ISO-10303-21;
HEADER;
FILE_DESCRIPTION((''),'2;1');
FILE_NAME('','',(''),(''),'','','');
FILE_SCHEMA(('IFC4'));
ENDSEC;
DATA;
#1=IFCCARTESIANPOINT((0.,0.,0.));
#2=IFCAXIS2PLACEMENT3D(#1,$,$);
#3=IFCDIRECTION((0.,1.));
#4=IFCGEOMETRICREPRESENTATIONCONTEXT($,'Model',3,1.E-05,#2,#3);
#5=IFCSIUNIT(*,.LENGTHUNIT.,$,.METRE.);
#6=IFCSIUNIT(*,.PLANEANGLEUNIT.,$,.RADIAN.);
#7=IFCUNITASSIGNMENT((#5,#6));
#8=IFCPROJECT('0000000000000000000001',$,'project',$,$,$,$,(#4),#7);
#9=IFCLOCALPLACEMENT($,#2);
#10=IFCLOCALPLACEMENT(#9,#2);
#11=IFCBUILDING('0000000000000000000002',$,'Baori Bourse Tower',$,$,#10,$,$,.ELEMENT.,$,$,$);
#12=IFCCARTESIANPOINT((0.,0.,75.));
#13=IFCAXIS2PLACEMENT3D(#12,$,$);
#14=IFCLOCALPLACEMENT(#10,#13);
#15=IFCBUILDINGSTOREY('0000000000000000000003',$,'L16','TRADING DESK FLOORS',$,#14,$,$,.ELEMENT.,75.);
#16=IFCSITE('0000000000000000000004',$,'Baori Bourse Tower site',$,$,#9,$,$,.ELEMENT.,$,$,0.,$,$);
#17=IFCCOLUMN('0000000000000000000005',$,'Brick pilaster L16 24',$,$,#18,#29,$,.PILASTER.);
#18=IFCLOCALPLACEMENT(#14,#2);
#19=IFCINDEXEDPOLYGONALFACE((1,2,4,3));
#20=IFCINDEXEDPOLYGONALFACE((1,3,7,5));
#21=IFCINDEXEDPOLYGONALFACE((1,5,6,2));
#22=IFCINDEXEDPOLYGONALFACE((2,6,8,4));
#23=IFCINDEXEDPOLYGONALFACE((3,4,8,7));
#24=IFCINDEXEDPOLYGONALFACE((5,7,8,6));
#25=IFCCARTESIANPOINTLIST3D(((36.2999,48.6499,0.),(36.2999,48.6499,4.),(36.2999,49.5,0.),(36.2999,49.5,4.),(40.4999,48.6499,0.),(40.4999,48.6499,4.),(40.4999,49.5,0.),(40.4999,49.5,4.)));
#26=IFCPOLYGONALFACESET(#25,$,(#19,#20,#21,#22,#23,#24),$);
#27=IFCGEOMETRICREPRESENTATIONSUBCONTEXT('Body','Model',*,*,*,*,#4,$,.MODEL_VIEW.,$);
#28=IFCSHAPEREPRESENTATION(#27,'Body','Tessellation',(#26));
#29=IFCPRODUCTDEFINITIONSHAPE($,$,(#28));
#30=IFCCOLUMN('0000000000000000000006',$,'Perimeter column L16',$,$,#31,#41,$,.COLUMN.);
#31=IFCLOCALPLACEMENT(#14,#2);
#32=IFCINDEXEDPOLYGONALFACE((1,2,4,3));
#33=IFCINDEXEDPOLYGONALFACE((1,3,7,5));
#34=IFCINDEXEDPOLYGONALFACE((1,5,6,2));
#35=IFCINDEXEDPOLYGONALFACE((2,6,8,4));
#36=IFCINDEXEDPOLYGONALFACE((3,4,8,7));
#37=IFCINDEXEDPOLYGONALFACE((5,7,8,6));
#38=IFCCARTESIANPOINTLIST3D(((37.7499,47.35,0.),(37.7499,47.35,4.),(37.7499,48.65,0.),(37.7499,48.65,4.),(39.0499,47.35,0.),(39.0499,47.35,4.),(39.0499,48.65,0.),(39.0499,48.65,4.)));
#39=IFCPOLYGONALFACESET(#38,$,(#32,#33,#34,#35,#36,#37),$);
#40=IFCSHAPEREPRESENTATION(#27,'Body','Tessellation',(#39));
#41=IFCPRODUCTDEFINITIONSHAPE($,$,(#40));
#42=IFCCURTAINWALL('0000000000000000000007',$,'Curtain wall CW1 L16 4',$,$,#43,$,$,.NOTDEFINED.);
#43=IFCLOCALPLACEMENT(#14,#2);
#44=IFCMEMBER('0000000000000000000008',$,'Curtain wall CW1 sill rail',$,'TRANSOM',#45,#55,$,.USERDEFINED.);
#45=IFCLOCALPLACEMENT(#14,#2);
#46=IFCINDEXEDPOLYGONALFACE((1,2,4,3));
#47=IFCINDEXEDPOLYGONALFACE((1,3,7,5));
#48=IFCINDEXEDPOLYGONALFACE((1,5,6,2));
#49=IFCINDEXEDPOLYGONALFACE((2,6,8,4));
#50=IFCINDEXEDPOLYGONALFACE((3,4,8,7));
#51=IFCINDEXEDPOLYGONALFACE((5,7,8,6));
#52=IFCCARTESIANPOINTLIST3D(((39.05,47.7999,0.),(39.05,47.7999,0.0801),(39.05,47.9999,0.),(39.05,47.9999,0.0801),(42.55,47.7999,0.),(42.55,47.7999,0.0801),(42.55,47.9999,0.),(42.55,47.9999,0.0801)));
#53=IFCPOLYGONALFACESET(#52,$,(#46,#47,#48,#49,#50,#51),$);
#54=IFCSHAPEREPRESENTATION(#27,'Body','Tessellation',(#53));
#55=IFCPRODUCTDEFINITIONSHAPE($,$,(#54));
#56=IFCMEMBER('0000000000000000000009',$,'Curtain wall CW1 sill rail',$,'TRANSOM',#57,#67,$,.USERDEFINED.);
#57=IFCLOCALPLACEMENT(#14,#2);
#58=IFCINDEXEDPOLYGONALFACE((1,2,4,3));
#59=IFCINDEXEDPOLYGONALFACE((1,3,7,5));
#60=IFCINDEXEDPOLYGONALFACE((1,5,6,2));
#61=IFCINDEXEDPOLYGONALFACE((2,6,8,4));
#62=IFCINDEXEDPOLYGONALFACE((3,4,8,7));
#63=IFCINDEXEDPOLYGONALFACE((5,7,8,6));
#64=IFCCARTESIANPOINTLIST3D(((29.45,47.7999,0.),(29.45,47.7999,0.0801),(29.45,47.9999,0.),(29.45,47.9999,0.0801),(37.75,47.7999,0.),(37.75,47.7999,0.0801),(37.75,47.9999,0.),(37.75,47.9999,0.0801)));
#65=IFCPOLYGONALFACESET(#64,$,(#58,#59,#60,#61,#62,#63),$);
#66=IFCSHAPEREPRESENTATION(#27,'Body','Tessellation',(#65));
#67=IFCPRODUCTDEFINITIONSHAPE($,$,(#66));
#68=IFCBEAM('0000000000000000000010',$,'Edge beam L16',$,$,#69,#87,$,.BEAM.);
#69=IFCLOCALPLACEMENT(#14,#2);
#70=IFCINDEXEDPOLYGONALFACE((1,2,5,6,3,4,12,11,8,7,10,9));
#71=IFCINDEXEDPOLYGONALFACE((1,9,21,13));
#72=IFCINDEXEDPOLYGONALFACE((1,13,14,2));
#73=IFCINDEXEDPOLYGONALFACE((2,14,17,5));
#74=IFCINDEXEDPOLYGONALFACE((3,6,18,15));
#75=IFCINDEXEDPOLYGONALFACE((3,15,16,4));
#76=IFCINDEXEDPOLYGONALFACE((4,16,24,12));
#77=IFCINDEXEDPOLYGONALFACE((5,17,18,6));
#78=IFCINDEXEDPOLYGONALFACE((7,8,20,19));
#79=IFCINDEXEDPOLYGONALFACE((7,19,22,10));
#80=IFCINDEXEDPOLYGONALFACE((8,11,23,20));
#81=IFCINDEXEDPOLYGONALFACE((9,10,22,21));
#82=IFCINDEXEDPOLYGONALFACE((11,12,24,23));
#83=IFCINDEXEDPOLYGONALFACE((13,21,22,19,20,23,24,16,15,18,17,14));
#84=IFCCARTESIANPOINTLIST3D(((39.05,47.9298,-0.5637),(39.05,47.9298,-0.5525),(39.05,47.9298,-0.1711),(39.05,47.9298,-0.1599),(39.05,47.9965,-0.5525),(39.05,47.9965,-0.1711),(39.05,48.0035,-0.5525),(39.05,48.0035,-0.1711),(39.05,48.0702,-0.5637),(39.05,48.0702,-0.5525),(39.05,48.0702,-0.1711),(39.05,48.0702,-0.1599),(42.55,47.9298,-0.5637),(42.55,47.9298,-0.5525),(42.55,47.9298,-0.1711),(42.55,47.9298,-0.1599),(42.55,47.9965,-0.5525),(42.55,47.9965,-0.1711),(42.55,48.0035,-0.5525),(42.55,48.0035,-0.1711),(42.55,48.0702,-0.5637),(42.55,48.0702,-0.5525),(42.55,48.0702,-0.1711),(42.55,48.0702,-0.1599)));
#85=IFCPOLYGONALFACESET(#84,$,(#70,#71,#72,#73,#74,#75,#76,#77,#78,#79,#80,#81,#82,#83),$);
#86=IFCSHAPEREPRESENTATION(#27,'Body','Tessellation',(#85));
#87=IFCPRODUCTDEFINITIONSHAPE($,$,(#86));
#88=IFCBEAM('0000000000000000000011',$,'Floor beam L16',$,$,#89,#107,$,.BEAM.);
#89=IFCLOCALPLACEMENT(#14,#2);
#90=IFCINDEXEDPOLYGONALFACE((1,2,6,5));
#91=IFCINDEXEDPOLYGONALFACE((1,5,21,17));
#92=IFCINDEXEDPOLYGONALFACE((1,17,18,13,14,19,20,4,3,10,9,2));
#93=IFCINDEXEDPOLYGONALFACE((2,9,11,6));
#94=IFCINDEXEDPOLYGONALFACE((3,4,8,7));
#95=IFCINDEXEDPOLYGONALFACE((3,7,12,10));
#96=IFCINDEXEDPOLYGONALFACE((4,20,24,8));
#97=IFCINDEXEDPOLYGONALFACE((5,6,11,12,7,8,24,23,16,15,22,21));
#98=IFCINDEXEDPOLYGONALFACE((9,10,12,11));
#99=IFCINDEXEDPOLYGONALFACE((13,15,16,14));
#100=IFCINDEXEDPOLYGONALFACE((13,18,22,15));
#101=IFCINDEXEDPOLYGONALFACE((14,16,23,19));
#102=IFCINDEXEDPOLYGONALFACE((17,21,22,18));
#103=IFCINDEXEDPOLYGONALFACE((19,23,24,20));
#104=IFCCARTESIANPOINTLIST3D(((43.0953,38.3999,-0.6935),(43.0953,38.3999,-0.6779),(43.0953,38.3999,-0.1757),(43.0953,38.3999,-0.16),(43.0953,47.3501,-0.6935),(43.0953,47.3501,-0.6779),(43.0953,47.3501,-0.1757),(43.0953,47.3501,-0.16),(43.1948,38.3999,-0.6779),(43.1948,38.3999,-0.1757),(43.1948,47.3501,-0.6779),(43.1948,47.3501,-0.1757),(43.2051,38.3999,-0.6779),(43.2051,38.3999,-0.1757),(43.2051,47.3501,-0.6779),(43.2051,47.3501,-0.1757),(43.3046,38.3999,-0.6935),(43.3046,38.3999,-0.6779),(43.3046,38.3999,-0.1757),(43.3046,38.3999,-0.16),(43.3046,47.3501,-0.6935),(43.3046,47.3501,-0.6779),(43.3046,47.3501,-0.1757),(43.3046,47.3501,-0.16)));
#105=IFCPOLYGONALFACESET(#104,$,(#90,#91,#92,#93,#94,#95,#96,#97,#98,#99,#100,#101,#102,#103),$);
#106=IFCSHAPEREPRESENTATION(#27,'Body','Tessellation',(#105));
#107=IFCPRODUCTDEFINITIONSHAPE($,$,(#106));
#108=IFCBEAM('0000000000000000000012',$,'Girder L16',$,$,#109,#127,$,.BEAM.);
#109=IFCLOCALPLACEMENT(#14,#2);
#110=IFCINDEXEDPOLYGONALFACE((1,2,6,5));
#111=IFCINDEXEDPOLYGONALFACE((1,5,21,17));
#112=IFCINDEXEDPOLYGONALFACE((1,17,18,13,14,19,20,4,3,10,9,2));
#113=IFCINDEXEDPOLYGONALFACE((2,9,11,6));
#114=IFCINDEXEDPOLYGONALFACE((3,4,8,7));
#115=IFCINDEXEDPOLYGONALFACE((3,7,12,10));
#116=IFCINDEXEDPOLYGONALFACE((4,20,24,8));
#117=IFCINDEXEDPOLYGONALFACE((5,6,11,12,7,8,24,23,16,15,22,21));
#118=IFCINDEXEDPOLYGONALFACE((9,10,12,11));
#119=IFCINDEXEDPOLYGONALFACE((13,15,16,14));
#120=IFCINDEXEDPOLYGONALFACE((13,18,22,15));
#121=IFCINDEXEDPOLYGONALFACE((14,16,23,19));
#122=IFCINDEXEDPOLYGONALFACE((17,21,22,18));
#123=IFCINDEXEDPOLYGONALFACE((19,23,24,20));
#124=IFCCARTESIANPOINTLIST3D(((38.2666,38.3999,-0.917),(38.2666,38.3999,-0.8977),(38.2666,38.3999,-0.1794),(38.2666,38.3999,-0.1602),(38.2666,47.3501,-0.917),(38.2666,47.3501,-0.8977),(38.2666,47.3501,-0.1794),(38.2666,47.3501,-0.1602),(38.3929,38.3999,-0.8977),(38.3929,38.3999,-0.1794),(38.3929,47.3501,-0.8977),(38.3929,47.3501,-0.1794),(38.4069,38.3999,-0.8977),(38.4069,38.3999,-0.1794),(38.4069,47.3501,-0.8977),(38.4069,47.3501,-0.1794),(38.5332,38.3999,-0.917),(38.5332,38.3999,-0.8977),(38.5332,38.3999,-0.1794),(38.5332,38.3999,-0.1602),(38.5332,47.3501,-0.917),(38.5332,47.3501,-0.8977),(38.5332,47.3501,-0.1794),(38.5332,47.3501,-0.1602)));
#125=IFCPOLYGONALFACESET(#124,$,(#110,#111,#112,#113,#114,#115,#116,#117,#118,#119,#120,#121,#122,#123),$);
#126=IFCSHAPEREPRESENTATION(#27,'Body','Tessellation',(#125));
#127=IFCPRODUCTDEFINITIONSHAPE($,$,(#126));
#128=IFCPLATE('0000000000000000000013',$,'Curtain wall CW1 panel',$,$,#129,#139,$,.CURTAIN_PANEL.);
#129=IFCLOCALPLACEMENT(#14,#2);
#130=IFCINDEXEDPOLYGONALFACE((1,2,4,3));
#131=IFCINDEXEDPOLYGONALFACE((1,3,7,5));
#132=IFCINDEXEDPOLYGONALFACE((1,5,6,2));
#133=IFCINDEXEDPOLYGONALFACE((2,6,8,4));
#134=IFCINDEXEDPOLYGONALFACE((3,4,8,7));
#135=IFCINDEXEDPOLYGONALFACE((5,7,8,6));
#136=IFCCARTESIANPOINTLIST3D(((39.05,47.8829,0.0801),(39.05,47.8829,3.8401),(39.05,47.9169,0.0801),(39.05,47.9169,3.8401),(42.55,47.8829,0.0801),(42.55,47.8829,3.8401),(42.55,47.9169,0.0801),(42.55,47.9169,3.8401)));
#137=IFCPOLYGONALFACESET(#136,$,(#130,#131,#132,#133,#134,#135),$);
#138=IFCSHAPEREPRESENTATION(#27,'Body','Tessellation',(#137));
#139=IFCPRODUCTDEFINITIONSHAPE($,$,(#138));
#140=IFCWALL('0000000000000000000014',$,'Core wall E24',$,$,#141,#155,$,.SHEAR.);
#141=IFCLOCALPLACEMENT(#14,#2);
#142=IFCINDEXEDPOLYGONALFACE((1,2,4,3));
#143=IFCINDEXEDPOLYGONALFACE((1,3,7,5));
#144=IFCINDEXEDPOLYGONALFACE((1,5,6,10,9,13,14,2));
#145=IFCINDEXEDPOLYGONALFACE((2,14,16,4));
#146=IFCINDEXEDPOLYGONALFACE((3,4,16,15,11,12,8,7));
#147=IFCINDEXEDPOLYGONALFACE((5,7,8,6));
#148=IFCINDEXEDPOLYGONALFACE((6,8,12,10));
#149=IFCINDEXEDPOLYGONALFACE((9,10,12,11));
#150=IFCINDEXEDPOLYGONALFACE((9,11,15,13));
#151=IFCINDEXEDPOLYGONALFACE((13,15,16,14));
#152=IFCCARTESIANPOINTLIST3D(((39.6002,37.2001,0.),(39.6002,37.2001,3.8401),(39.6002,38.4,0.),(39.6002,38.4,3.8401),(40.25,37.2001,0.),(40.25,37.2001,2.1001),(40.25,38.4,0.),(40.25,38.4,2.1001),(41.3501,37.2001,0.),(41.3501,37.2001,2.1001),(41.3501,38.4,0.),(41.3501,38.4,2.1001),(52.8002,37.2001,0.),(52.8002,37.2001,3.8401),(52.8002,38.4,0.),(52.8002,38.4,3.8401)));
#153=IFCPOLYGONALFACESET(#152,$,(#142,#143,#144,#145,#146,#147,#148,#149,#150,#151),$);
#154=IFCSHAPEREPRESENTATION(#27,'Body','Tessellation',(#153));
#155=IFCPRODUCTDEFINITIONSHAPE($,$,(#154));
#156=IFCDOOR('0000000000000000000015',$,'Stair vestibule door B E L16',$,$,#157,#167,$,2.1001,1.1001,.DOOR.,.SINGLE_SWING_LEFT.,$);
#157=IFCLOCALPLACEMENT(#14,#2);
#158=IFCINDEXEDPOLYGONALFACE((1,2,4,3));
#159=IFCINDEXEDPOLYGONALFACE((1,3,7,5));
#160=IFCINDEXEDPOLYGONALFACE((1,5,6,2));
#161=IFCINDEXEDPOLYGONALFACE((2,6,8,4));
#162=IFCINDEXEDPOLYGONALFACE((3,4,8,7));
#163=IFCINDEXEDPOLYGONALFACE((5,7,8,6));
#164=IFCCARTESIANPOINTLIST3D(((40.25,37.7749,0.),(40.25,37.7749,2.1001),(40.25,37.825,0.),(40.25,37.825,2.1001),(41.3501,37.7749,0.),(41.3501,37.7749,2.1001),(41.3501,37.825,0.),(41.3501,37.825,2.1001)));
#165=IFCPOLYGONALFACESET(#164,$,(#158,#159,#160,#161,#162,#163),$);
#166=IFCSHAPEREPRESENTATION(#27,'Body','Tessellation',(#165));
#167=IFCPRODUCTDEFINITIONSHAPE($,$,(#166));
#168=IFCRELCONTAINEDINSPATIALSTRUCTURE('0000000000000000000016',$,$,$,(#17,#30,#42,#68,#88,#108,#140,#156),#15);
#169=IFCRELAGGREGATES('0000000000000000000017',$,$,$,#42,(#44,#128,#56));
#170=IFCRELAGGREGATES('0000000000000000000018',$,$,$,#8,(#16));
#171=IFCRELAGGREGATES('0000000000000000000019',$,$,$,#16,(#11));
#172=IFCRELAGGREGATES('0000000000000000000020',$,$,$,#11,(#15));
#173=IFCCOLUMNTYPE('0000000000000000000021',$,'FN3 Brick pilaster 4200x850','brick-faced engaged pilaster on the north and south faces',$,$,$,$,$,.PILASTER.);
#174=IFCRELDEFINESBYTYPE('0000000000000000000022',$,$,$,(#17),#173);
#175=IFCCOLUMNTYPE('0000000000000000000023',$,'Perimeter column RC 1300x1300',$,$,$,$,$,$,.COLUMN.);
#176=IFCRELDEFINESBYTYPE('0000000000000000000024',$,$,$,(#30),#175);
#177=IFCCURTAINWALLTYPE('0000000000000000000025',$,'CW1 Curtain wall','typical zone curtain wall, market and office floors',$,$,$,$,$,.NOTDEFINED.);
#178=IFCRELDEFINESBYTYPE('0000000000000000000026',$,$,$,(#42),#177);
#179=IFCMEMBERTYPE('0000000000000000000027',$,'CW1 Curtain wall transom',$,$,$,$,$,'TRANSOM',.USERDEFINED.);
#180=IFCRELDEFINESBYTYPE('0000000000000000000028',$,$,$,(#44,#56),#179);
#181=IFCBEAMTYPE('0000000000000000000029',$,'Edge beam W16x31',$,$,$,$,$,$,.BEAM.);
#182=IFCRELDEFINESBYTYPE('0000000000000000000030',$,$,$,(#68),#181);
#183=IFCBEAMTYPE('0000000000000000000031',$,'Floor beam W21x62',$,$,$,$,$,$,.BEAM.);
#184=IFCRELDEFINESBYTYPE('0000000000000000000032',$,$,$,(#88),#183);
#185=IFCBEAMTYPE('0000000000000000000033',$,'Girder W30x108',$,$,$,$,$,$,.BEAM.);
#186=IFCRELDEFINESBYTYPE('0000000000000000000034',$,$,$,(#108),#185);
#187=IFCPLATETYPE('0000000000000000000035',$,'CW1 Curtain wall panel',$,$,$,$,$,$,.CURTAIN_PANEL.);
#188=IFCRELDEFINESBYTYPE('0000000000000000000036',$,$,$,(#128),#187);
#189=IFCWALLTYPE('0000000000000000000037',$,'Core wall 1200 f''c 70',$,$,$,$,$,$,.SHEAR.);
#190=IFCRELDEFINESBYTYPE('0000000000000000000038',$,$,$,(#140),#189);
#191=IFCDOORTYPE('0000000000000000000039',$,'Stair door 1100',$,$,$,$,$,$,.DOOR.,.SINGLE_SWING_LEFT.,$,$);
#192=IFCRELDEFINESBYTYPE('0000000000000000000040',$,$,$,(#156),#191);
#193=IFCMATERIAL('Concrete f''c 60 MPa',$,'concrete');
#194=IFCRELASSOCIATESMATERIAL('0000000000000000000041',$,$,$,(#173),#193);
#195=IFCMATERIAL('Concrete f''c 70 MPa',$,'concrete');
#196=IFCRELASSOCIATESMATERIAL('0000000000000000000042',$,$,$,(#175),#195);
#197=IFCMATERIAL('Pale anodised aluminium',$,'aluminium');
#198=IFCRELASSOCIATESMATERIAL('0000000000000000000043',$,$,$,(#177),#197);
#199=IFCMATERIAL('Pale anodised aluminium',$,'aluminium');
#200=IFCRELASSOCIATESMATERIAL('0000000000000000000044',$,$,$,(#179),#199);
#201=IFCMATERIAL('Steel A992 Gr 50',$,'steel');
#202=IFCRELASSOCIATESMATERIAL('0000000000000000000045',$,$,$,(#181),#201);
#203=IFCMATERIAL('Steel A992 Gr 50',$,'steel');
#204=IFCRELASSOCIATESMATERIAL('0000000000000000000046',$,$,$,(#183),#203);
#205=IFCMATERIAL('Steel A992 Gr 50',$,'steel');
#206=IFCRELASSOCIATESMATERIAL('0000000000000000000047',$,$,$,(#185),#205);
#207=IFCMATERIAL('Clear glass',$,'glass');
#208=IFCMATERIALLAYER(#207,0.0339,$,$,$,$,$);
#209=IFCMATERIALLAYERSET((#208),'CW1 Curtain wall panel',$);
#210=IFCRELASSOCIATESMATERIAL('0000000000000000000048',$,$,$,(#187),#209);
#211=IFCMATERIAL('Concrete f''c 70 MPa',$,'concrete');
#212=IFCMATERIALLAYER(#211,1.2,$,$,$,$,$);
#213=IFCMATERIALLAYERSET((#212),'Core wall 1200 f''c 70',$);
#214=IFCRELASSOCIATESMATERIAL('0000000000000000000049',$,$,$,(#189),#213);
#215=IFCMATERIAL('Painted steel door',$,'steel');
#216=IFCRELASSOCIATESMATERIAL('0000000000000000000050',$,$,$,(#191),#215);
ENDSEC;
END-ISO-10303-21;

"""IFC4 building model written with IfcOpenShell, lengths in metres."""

from ifc_helpers import new_model, si_unit, direction, frame, frame_2d, origin, origin_2d, place, context, subcontext, project, spatial, rectangle, i_section, extrude, material, layer, layer_set, material_profile, profile_set, type_object, element, fill, aggregate, save


model = new_model("IFC4")

# Units and contexts
model_context = context("Model", 3, precision=1e-05, world=origin(), true_north=direction((0.0, 1.0)))
body_context = subcontext(model_context, "Body", "Model", "MODEL_VIEW")
ifc_project = project(units=[si_unit("LENGTHUNIT", "METRE"), si_unit("PLANEANGLEUNIT", "RADIAN")], contexts=[model_context])

# Site, building, storey
site_placement = place(None, origin())
site = spatial("IfcSite", under=ifc_project, at=site_placement, Name="Baori Bourse Tower site", CompositionType="ELEMENT", RefElevation=0.0)
building_placement = place(site_placement, origin())
building = spatial("IfcBuilding", under=site, at=building_placement, Name="Baori Bourse Tower", CompositionType="ELEMENT")
storey_placement = place(building_placement, frame((0.0, 0.0, 75.0)))
storey = spatial("IfcBuildingStorey", under=building, at=storey_placement, Name="L16", Description="TRADING DESK FLOORS", CompositionType="ELEMENT", Elevation=75.0)

# Columns
ifc_material_1 = material(Name="Concrete f'c 60 MPa", Category="concrete")
ifc_material_profile_1 = material_profile(ifc_material_1, rectangle(XDim=4.2, YDim=0.8501, at=origin_2d()), Name="RC 4200x850")
ifc_profile_set_1 = profile_set([ifc_material_profile_1], Name="Concrete f'c 60 MPa")
column_type_1 = type_object("IfcColumnType", Name="FN3 Brick pilaster 4200x850", Description="brick-faced engaged pilaster on the north and south faces", PredefinedType="PILASTER", material=ifc_profile_set_1)
column_1_placement = place(storey_placement, frame((38.3999, 49.075, 0.0), z_axis=(0.0, 0.0, 1.0), x_axis=(1.0, 0.0, 0.0)))
element("IfcColumn", 1, at=column_1_placement, inside=storey, type_object=column_type_1, Name="Brick pilaster L16 24", PredefinedType="PILASTER", context=body_context, shape_type="SweptSolid", body=[
    extrude(rectangle(XDim=4.2, YDim=0.8501, at=origin_2d()), origin(), (0.0, 0.0, 1.0), 4.0),
])
ifc_material_2 = material(Name="Concrete f'c 70 MPa", Category="concrete")
ifc_material_profile_2 = material_profile(ifc_material_2, rectangle(XDim=1.3, YDim=1.3, at=origin_2d()), Name="RC 1300x1300")
ifc_profile_set_2 = profile_set([ifc_material_profile_2], Name="Concrete f'c 70 MPa")
column_type_2 = type_object("IfcColumnType", Name="Perimeter column RC 1300x1300", PredefinedType="COLUMN", material=ifc_profile_set_2)
column_2_placement = place(storey_placement, frame((38.3999, 48.0, 0.0), z_axis=(0.0, 0.0, 1.0), x_axis=(1.0, 0.0, 0.0)))
element("IfcColumn", 2, at=column_2_placement, inside=storey, type_object=column_type_2, Name="Perimeter column L16", PredefinedType="COLUMN", context=body_context, shape_type="SweptSolid", body=[
    extrude(rectangle(XDim=1.3, YDim=1.3, at=origin_2d()), origin(), (0.0, 0.0, 1.0), 4.0),
])

# Curtain wall, members
ifc_material_3 = material(Name="Pale anodised aluminium", Category="aluminium")
curtain_wall_type = type_object("IfcCurtainWallType", Name="CW1 Curtain wall", Description="typical zone curtain wall, market and office floors", PredefinedType="NOTDEFINED", material=ifc_material_3)
curtain_wall_placement = place(storey_placement, origin())
curtain_wall = element("IfcCurtainWall", 3, at=curtain_wall_placement, inside=storey, type_object=curtain_wall_type, Name="Curtain wall CW1 L16 4", PredefinedType="NOTDEFINED")
ifc_material_4 = material(Name="Pale anodised aluminium", Category="aluminium")
ifc_material_profile_3 = material_profile(ifc_material_4, rectangle(XDim=0.2, YDim=0.0801, at=origin_2d()), Name="Transom 80x200")
ifc_profile_set_3 = profile_set([ifc_material_profile_3], Name="Pale anodised aluminium")
member_type = type_object("IfcMemberType", Name="CW1 Curtain wall transom", ElementType="TRANSOM", PredefinedType="USERDEFINED", material=ifc_profile_set_3)
member_1_placement = place(storey_placement, frame((42.55, 47.8999, 0.04), z_axis=(-1.0, 0.0, 0.0), x_axis=(0.0, -1.0, 0.0)))
member_1 = element("IfcMember", 4, at=member_1_placement, type_object=member_type, Name="Curtain wall CW1 sill rail", ObjectType="TRANSOM", PredefinedType="USERDEFINED", context=body_context, shape_type="SweptSolid", body=[
    extrude(rectangle(XDim=0.2, YDim=0.0801, at=origin_2d()), origin(), (0.0, 0.0, 1.0), 3.5),
])
member_2_placement = place(storey_placement, frame((37.75, 47.8999, 0.04), z_axis=(-1.0, 0.0, 0.0), x_axis=(0.0, -1.0, 0.0)))
member_2 = element("IfcMember", 5, at=member_2_placement, type_object=member_type, Name="Curtain wall CW1 sill rail", ObjectType="TRANSOM", PredefinedType="USERDEFINED", context=body_context, shape_type="SweptSolid", body=[
    extrude(rectangle(XDim=0.2, YDim=0.0801, at=origin_2d()), origin(), (0.0, 0.0, 1.0), 8.3),
])

# Beams
ifc_material_5 = material(Name="Steel A992 Gr 50", Category="steel")
ifc_material_profile_4 = material_profile(ifc_material_5, i_section(OverallWidth=0.1404, OverallDepth=0.4038, WebThickness=0.0071, FlangeThickness=0.0112, at=origin_2d()), Name="W16x31")
ifc_profile_set_4 = profile_set([ifc_material_profile_4], Name="Steel A992 Gr 50")
beam_type_1 = type_object("IfcBeamType", Name="Edge beam W16x31", PredefinedType="BEAM", material=ifc_profile_set_4)
beam_1_placement = place(storey_placement, frame((39.05, 48.0, -0.3618), z_axis=(1.0, 0.0, 0.0), x_axis=(0.0, 1.0, 0.0)))
element("IfcBeam", 6, at=beam_1_placement, inside=storey, type_object=beam_type_1, Name="Edge beam L16", PredefinedType="BEAM", context=body_context, shape_type="SweptSolid", body=[
    extrude(i_section(OverallWidth=0.1404, OverallDepth=0.4038, WebThickness=0.0071, FlangeThickness=0.0112, at=origin_2d()), origin(), (0.0, 0.0, 1.0), 3.5),
])
ifc_material_6 = material(Name="Steel A992 Gr 50", Category="steel")
ifc_material_profile_5 = material_profile(ifc_material_6, i_section(OverallWidth=0.2092, OverallDepth=0.5334, WebThickness=0.0103, FlangeThickness=0.0156, at=origin_2d()), Name="W21x62")
ifc_profile_set_5 = profile_set([ifc_material_profile_5], Name="Steel A992 Gr 50")
beam_type_2 = type_object("IfcBeamType", Name="Floor beam W21x62", PredefinedType="BEAM", material=ifc_profile_set_5)
beam_2_placement = place(storey_placement, frame((43.2, 38.3999, -0.4268), z_axis=(0.0, 1.0, 0.0), x_axis=(-1.0, 0.0, 0.0)))
element("IfcBeam", 7, at=beam_2_placement, inside=storey, type_object=beam_type_2, Name="Floor beam L16", PredefinedType="BEAM", context=body_context, shape_type="SweptSolid", body=[
    extrude(i_section(OverallWidth=0.2092, OverallDepth=0.5334, WebThickness=0.0103, FlangeThickness=0.0156, at=origin_2d()), origin(), (0.0, 0.0, 1.0), 8.9502),
])
ifc_material_7 = material(Name="Steel A992 Gr 50", Category="steel")
ifc_material_profile_6 = material_profile(ifc_material_7, i_section(OverallWidth=0.2666, OverallDepth=0.7568, WebThickness=0.0139, FlangeThickness=0.0193, at=origin_2d()), Name="W30x108")
ifc_profile_set_6 = profile_set([ifc_material_profile_6], Name="Steel A992 Gr 50")
beam_type_3 = type_object("IfcBeamType", Name="Girder W30x108", PredefinedType="BEAM", material=ifc_profile_set_6)
beam_3_placement = place(storey_placement, frame((38.3999, 38.3999, -0.5386), z_axis=(0.0, 1.0, 0.0), x_axis=(-1.0, 0.0, 0.0)))
element("IfcBeam", 8, at=beam_3_placement, inside=storey, type_object=beam_type_3, Name="Girder L16", PredefinedType="BEAM", context=body_context, shape_type="SweptSolid", body=[
    extrude(i_section(OverallWidth=0.2666, OverallDepth=0.7568, WebThickness=0.0139, FlangeThickness=0.0193, at=origin_2d()), origin(), (0.0, 0.0, 1.0), 8.9502),
])

# Plate
ifc_material_8 = material(Name="Clear glass", Category="glass")
ifc_layer_1 = layer(ifc_material_8, 0.0339)
ifc_layer_set_1 = layer_set([ifc_layer_1], Name="CW1 Curtain wall panel")
plate_type = type_object("IfcPlateType", Name="CW1 Curtain wall panel", PredefinedType="CURTAIN_PANEL", material=ifc_layer_set_1)
plate_placement = place(storey_placement, frame((40.8, 47.8999, 0.0801), z_axis=(0.0, 0.0, 1.0), x_axis=(-1.0, 0.0, 0.0)))
plate = element("IfcPlate", 9, at=plate_placement, type_object=plate_type, Name="Curtain wall CW1 panel", PredefinedType="CURTAIN_PANEL", context=body_context, shape_type="SweptSolid", body=[
    extrude(rectangle(XDim=3.5, YDim=0.0339, at=origin_2d()), origin(), (0.0, 0.0, 1.0), 3.76),
])
aggregate(curtain_wall, [member_1, plate, member_2])

# Wall, opening, door
ifc_material_9 = material(Name="Concrete f'c 70 MPa", Category="concrete")
ifc_layer_2 = layer(ifc_material_9, 1.2)
ifc_layer_set_2 = layer_set([ifc_layer_2], Name="Core wall 1200 f'c 70")
wall_type_1 = type_object("IfcWallType", Name="Core wall 1200 f'c 70", PredefinedType="SHEAR", material=ifc_layer_set_2)
wall_1_placement = place(storey_placement, frame((39.6001, 37.8, 0.0), z_axis=(0.0, 0.0, 1.0), x_axis=(1.0, 0.0, 0.0)))
wall_1 = element("IfcWall", 10, at=wall_1_placement, inside=storey, type_object=wall_type_1, Name="Core wall E24", PredefinedType="SHEAR", context=body_context, shape_type="SweptSolid", body=[
    extrude(rectangle(XDim=13.2, YDim=1.2, at=frame_2d((6.6001, 0.0))), origin(), (0.0, 0.0, 1.0), 3.8401),
])
opening_1_placement = place(wall_1_placement, frame((0.6499, 0.0, 0.0)))
opening_1 = element("IfcOpeningElement", 11, at=opening_1_placement, cuts=wall_1, PredefinedType="OPENING", context=body_context, shape_type="SweptSolid", body=[
    extrude(rectangle(XDim=1.1001, YDim=2.1001, at=frame_2d((0.55, 1.05))), frame((0.0, 0.6099, 0.0), z_axis=(0.0, -1.0, 0.0), x_axis=(1.0, 0.0, 0.0)), (0.0, 0.0, 1.0), 1.22),
])
ifc_material_10 = material(Name="Painted steel door", Category="steel")
door_type_1 = type_object("IfcDoorType", Name="Stair door 1100", OperationType="SINGLE_SWING_LEFT", PredefinedType="DOOR", material=ifc_material_10)
door_1_placement = place(opening_1_placement, origin())
door_1 = element("IfcDoor", 12, at=door_1_placement, inside=storey, type_object=door_type_1, Name="Stair vestibule door B E L16", OperationType="SINGLE_SWING_LEFT", OverallHeight=2.1001, OverallWidth=1.1001, PredefinedType="DOOR", context=body_context, shape_type="SweptSolid", body=[
    extrude(rectangle(XDim=1.1001, YDim=2.1001, at=frame_2d((0.55, 1.05))), frame((0.0, 0.0249, 0.0), z_axis=(0.0, -1.0, 0.0), x_axis=(1.0, 0.0, 0.0)), (0.0, 0.0, 1.0), 0.05),
])
fill(opening_1, door_1)

save(model, "model.ifc")
